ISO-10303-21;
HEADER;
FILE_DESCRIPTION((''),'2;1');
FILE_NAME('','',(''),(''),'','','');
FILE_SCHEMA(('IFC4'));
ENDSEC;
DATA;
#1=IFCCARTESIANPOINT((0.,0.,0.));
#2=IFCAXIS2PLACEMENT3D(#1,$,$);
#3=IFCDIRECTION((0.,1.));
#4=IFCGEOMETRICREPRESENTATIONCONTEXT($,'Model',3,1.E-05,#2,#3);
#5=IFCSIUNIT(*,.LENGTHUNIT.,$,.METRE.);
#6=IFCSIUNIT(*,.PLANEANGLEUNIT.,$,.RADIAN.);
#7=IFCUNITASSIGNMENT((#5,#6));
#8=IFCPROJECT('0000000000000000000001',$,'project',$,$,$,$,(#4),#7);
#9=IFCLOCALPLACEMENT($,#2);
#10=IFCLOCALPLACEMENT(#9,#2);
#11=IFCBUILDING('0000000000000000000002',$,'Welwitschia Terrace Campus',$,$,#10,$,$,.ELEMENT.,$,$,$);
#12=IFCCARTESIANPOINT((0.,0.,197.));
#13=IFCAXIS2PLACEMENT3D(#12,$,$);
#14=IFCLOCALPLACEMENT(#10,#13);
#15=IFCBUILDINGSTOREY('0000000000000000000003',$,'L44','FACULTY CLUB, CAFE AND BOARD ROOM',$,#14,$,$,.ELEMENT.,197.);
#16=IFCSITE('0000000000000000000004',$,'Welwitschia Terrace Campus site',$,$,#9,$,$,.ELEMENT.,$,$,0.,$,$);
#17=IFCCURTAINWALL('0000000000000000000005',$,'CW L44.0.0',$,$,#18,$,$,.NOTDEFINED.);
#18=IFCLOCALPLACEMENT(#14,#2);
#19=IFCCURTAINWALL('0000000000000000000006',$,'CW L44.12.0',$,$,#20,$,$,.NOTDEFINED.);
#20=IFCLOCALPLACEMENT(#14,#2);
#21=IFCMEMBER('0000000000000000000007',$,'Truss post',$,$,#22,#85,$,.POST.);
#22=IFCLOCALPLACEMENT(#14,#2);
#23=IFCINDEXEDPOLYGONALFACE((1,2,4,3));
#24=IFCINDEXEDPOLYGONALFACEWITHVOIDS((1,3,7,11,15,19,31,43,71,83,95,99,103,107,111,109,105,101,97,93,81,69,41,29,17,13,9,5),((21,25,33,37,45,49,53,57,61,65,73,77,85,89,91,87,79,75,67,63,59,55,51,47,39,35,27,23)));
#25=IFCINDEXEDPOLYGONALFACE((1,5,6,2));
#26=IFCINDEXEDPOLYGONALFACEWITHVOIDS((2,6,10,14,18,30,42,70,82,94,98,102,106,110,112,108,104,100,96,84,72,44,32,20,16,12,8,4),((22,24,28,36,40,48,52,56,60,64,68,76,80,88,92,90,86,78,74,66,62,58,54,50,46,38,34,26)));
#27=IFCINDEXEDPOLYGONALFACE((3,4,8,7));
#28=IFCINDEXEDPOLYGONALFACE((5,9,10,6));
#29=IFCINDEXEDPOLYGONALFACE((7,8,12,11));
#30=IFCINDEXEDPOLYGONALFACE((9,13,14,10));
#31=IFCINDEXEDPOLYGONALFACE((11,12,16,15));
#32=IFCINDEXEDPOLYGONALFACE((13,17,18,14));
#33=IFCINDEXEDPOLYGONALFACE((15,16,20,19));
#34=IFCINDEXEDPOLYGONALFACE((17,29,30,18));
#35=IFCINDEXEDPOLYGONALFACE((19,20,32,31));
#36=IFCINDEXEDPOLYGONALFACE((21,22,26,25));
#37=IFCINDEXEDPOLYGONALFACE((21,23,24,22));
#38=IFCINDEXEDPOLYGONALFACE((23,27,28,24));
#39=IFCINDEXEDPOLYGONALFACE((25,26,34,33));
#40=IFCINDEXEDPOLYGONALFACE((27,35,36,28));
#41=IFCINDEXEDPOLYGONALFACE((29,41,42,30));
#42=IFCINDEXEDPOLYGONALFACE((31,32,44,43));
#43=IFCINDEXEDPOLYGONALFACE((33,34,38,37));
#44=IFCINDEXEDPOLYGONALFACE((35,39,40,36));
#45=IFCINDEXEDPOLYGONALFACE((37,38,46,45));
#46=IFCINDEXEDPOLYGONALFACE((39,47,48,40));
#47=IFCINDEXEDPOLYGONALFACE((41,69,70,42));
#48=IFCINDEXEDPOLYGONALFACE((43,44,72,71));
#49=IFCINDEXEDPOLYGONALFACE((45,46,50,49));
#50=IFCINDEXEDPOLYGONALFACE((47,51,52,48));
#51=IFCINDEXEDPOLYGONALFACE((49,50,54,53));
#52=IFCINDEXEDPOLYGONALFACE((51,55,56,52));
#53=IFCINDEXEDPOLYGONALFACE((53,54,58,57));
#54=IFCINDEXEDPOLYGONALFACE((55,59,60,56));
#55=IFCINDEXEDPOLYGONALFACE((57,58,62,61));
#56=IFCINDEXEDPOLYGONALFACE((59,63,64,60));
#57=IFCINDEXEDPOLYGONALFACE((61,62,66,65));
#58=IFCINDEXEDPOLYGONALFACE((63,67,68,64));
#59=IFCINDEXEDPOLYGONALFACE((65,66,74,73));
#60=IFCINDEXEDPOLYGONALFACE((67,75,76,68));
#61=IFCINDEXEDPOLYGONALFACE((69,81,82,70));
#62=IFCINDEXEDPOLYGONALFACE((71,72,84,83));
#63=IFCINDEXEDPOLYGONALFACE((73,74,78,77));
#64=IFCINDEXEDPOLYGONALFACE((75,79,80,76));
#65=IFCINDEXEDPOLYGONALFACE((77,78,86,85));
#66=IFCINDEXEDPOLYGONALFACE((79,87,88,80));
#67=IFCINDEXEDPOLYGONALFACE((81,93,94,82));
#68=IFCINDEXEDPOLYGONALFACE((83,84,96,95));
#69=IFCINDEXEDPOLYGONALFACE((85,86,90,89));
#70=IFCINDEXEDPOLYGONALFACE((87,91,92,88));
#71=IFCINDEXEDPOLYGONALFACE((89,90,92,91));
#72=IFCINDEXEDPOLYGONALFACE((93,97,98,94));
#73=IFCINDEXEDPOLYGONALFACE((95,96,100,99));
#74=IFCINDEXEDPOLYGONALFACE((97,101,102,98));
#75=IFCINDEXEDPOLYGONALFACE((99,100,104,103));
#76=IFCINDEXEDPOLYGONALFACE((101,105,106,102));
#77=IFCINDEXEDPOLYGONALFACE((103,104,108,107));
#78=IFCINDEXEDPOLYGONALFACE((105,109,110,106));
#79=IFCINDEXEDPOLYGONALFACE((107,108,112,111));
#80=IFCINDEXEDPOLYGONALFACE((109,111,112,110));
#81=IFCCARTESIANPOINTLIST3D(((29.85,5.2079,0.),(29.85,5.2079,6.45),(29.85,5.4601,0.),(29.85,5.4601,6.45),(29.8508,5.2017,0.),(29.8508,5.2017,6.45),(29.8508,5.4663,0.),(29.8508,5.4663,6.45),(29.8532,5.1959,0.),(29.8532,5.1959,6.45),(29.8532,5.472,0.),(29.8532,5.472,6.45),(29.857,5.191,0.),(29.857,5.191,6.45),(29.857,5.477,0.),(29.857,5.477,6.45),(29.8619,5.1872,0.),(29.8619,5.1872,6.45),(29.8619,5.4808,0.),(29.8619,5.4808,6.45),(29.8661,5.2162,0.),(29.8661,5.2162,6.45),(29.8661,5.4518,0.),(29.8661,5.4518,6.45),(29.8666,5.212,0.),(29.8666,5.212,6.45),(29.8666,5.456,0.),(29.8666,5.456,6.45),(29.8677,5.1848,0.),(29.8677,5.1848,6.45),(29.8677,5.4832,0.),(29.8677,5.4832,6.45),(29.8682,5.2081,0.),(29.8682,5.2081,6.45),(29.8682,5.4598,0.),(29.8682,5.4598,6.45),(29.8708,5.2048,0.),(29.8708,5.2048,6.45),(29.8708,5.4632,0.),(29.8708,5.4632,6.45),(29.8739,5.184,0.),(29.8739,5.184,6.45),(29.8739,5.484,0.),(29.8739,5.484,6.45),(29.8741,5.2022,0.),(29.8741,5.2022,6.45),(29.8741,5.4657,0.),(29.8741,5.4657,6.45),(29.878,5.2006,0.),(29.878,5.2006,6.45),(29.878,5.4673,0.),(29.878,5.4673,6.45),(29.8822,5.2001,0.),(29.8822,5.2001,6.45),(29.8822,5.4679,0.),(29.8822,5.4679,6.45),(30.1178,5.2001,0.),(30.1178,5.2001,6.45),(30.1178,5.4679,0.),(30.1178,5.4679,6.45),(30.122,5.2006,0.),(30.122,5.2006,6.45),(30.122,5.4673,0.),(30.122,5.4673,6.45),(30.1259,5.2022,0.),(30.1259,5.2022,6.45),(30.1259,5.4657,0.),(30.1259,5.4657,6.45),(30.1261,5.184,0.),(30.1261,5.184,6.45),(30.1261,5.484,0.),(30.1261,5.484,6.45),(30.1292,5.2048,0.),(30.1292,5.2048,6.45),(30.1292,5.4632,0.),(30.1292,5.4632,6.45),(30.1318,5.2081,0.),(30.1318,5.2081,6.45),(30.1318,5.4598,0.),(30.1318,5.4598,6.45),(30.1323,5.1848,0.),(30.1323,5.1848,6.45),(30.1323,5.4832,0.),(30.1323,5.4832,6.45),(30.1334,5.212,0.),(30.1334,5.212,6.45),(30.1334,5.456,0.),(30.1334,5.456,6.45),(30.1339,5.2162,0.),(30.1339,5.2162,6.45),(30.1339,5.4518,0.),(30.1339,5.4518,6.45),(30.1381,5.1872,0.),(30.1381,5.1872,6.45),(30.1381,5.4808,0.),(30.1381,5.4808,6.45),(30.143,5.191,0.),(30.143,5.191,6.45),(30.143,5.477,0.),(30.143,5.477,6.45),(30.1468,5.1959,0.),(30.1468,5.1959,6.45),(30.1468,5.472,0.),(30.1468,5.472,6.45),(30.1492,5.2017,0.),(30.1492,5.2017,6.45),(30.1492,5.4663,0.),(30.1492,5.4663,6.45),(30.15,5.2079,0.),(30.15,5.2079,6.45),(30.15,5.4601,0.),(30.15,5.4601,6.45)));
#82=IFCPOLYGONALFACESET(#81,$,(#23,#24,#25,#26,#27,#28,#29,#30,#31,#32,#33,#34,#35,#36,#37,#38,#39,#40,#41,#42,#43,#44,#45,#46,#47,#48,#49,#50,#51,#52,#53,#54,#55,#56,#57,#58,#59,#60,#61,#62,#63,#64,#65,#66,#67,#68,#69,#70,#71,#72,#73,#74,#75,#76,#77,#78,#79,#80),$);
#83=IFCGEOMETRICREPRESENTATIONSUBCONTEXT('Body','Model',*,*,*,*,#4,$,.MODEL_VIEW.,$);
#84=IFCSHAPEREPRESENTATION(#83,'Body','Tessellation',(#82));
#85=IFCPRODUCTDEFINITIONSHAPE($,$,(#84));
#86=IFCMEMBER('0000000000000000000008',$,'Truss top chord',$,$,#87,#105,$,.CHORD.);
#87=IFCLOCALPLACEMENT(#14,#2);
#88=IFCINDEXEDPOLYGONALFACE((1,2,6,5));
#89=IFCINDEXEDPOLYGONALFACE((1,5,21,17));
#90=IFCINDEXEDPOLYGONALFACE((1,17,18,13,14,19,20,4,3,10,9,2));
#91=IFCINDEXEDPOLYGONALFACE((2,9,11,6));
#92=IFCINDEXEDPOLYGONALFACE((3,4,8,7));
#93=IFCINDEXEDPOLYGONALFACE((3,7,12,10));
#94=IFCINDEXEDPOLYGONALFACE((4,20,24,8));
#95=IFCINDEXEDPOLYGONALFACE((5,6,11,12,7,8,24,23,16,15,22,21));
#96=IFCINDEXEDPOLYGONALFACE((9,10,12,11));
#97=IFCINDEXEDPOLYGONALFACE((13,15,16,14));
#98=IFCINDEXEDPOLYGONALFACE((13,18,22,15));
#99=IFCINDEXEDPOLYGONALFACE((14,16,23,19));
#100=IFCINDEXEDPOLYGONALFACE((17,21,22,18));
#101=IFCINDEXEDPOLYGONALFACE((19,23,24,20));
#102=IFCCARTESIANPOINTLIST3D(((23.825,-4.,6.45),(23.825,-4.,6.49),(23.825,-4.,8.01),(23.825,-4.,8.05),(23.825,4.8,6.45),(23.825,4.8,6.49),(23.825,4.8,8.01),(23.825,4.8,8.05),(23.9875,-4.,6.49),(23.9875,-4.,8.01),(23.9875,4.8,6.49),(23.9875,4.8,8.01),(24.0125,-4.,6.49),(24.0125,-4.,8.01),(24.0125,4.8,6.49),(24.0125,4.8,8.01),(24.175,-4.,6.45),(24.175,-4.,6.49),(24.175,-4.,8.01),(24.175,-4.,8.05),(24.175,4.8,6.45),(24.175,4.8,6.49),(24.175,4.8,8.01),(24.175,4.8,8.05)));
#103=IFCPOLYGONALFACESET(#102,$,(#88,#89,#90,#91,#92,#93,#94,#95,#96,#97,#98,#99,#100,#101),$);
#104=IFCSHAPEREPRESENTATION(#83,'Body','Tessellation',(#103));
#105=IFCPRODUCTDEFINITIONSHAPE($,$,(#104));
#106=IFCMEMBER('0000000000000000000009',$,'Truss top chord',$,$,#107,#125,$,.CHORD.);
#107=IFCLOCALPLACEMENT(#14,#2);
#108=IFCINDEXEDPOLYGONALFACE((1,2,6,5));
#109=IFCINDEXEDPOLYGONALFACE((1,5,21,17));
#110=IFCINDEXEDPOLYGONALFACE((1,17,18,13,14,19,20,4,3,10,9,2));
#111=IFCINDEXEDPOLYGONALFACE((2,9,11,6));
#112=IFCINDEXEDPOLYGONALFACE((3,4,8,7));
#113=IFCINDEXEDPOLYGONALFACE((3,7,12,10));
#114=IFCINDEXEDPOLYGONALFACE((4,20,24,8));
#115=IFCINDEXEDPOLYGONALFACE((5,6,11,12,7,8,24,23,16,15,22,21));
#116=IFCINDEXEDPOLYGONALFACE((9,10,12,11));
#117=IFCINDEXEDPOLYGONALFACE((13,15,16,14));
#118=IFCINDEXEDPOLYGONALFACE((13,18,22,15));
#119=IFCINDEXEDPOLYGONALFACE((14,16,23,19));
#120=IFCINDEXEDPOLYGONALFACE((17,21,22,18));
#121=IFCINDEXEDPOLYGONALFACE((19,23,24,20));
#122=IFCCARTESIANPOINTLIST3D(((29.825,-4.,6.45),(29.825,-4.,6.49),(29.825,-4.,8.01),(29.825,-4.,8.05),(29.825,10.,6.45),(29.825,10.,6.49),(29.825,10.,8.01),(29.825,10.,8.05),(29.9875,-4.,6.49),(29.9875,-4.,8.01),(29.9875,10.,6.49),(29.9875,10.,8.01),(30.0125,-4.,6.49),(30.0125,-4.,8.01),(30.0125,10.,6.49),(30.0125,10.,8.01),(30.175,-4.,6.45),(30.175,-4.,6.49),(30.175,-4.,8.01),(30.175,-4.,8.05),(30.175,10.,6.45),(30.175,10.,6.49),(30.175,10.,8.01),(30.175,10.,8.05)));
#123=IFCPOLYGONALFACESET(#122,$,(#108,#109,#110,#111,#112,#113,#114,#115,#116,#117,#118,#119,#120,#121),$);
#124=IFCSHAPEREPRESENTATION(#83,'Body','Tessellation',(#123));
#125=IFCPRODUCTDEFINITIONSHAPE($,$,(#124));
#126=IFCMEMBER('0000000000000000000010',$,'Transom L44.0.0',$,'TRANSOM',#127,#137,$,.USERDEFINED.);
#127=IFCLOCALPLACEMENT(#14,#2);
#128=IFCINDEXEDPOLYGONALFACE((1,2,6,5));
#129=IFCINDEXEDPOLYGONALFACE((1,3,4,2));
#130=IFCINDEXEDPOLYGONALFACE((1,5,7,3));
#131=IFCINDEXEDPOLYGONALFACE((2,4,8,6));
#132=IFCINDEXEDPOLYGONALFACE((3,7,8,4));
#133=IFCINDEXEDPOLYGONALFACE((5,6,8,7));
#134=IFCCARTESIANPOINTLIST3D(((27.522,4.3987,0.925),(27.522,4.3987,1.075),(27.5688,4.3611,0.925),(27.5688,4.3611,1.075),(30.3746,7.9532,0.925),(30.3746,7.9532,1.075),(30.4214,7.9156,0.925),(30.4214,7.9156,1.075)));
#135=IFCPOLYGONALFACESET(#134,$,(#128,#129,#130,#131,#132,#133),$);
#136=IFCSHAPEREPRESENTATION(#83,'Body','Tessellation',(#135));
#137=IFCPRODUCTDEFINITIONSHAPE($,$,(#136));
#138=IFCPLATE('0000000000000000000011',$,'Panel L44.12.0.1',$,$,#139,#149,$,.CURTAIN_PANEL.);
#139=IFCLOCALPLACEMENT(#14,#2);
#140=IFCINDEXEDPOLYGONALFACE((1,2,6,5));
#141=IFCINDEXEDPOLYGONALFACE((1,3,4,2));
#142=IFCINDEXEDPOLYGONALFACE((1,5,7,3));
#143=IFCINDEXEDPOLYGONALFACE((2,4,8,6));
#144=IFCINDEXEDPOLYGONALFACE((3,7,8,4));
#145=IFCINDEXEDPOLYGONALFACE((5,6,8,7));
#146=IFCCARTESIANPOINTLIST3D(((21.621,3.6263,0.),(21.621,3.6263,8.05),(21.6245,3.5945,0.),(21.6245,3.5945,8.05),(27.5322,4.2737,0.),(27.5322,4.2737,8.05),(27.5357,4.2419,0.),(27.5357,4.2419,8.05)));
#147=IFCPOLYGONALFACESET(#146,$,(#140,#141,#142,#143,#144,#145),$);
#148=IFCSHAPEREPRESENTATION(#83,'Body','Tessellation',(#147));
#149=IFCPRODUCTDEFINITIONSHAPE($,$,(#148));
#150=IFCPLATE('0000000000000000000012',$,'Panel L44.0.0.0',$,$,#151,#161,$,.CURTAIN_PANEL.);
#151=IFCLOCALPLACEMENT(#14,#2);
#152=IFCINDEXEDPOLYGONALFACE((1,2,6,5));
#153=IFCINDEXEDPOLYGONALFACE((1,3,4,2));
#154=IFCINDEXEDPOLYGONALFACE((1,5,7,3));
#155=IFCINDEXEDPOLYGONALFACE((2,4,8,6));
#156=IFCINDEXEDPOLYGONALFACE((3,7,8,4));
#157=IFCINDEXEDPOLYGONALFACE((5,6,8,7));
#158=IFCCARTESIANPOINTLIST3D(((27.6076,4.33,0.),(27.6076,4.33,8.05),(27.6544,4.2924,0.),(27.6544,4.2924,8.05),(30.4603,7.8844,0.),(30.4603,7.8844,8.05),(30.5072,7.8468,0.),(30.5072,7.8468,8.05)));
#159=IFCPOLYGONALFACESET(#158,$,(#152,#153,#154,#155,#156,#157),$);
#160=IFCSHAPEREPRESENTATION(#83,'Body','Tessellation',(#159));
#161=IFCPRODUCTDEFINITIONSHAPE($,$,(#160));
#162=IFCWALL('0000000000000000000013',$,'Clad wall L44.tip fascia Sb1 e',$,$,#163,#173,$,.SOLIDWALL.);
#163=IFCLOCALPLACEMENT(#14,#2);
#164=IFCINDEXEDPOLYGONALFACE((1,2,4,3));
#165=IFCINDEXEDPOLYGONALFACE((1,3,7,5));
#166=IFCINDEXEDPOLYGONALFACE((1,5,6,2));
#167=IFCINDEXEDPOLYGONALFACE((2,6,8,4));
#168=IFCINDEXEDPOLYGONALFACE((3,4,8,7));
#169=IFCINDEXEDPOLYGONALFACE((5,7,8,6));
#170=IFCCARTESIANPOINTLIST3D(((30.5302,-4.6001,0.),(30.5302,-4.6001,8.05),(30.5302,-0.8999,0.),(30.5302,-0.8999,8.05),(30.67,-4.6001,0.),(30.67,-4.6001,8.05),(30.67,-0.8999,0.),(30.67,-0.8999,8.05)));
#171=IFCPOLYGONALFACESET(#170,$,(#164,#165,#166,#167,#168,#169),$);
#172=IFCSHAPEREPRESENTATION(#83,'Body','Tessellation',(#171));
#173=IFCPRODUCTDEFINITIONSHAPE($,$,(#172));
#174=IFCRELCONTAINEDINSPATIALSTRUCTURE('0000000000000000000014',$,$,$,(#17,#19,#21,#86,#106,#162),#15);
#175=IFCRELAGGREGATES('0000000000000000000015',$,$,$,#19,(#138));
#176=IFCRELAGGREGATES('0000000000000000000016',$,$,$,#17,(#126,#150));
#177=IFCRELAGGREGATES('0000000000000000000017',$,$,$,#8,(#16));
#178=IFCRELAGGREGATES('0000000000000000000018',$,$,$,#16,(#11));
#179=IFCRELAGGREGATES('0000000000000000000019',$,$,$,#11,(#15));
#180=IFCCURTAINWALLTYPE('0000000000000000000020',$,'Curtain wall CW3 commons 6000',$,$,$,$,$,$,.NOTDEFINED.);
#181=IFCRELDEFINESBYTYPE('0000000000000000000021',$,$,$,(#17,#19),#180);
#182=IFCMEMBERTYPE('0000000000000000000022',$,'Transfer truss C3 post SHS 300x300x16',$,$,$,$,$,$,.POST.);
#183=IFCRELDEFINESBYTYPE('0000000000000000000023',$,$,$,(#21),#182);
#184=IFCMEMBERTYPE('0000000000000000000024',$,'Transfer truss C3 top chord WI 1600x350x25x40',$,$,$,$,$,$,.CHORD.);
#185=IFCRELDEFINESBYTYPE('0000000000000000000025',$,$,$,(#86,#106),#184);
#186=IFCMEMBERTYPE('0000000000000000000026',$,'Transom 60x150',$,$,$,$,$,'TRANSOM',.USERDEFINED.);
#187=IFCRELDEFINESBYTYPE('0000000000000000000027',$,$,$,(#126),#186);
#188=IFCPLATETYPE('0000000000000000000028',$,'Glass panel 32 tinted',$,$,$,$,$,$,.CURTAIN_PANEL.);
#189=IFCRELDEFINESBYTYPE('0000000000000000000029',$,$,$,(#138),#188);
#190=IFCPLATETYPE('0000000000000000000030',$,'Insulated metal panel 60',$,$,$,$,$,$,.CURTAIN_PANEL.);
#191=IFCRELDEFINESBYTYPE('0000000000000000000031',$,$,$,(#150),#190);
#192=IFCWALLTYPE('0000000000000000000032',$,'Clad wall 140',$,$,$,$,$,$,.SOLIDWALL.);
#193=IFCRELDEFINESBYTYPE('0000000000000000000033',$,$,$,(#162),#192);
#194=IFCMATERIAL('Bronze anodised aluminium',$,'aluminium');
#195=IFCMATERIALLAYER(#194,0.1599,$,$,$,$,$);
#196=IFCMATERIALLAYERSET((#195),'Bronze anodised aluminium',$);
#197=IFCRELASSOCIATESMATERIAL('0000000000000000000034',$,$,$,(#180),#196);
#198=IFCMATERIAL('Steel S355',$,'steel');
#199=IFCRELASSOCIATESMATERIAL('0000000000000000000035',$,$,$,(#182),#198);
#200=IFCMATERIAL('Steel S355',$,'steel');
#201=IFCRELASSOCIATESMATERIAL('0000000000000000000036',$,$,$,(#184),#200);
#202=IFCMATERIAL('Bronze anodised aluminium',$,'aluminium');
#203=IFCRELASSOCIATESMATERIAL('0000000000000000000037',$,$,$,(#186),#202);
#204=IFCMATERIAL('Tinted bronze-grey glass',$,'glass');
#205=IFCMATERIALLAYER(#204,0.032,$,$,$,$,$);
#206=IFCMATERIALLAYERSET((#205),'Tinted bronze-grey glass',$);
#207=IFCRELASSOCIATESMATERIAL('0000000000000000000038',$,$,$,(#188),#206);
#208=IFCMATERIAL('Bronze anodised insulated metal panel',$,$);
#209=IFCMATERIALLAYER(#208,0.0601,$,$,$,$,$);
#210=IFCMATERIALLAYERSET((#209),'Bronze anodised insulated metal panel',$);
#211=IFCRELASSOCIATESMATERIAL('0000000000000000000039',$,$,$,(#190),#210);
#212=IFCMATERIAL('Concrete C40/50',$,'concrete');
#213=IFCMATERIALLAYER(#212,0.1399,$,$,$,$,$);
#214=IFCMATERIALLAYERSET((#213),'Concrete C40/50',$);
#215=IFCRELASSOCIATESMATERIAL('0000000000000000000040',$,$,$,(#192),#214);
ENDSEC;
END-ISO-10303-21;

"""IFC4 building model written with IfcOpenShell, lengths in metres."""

from ifc_helpers import new_model, si_unit, direction, frame, frame_2d, origin, origin_2d, place, context, subcontext, project, spatial, rectangle, hollow_rectangle, i_section, extrude, material, layer, layer_set, material_profile, profile_set, type_object, element, aggregate, save


model = new_model("IFC4")

# Units and contexts
model_context = context("Model", 3, precision=1e-05, world=origin(), true_north=direction((0.0, 1.0)))
body_context = subcontext(model_context, "Body", "Model", "MODEL_VIEW")
ifc_project = project(units=[si_unit("LENGTHUNIT", "METRE"), si_unit("PLANEANGLEUNIT", "RADIAN")], contexts=[model_context])

# Site, building, storey
site_placement = place(None, origin())
site = spatial("IfcSite", under=ifc_project, at=site_placement, Name="Welwitschia Terrace Campus site", CompositionType="ELEMENT", RefElevation=0.0)
building_placement = place(site_placement, origin())
building = spatial("IfcBuilding", under=site, at=building_placement, Name="Welwitschia Terrace Campus", CompositionType="ELEMENT")
storey_placement = place(building_placement, frame((0.0, 0.0, 197.0)))
storey = spatial("IfcBuildingStorey", under=building, at=storey_placement, Name="L44", Description="FACULTY CLUB, CAFE AND BOARD ROOM", CompositionType="ELEMENT", Elevation=197.0)

# Curtain wall
ifc_material_1 = material(Name="Bronze anodised aluminium", Category="aluminium")
ifc_layer_1 = layer(ifc_material_1, 0.1599)
ifc_layer_set_1 = layer_set([ifc_layer_1], Name="Bronze anodised aluminium")
curtain_wall_type = type_object("IfcCurtainWallType", Name="Curtain wall CW3 commons 6000", PredefinedType="NOTDEFINED", material=ifc_layer_set_1)
curtain_wall_1_placement = place(storey_placement, origin())
curtain_wall_1 = element("IfcCurtainWall", 1, at=curtain_wall_1_placement, inside=storey, type_object=curtain_wall_type, Name="CW L44.0.0", PredefinedType="NOTDEFINED")

# Curtain wall
curtain_wall_2_placement = place(storey_placement, origin())
curtain_wall_2 = element("IfcCurtainWall", 2, at=curtain_wall_2_placement, inside=storey, type_object=curtain_wall_type, Name="CW L44.12.0", PredefinedType="NOTDEFINED")

# Members
ifc_material_2 = material(Name="Steel S355", Category="steel")
ifc_material_profile_1 = material_profile(ifc_material_2, hollow_rectangle(XDim=0.3, YDim=0.3, WallThickness=0.0161, InnerFilletRadius=0.0161, OuterFilletRadius=0.0239, at=origin_2d()))
ifc_profile_set_1 = profile_set([ifc_material_profile_1], Name="Steel S355")
member_type_1 = type_object("IfcMemberType", Name="Transfer truss C3 post SHS 300x300x16", PredefinedType="POST", material=ifc_profile_set_1)
for number, where, z_axis, x_axis, name in (
    (3, (30.0, 5.334, 0.0), (0.0, 0.0, 1.0), (1.0, 0.0, 0.0), "Truss post"),
):
    element("IfcMember", number, at=place(storey_placement, frame(where, z_axis=z_axis, x_axis=x_axis)), inside=storey, type_object=member_type_1, Name=name, PredefinedType="POST", context=body_context, shape_type="SweptSolid", body=[
        extrude(hollow_rectangle(XDim=0.3, YDim=0.3, WallThickness=0.0161, InnerFilletRadius=0.0161, OuterFilletRadius=0.0239, at=origin_2d()), origin(), (0.0, 0.0, 1.0), 6.45),
    ])
ifc_material_3 = material(Name="Steel S355", Category="steel")
ifc_material_profile_2 = material_profile(ifc_material_3, i_section(OverallWidth=0.3501, OverallDepth=1.6001, WebThickness=0.0249, FlangeThickness=0.04, at=origin_2d()))
ifc_profile_set_2 = profile_set([ifc_material_profile_2], Name="Steel S355")
member_type_2 = type_object("IfcMemberType", Name="Transfer truss C3 top chord WI 1600x350x25x40", PredefinedType="CHORD", material=ifc_profile_set_2)
member_1_placement = place(storey_placement, frame((24.0, -4.0, 7.25), z_axis=(0.0, 1.0, 0.0), x_axis=(-1.0, 0.0, 0.0)))
element("IfcMember", 4, at=member_1_placement, inside=storey, type_object=member_type_2, Name="Truss top chord", PredefinedType="CHORD", context=body_context, shape_type="SweptSolid", body=[
    extrude(i_section(OverallWidth=0.3501, OverallDepth=1.6001, WebThickness=0.0249, FlangeThickness=0.04, at=origin_2d()), origin(), (0.0, 0.0, 1.0), 8.8),
])
member_2_placement = place(storey_placement, frame((30.0, -4.0, 7.25), z_axis=(0.0, 1.0, 0.0), x_axis=(-1.0, 0.0, 0.0)))
element("IfcMember", 5, at=member_2_placement, inside=storey, type_object=member_type_2, Name="Truss top chord", PredefinedType="CHORD", context=body_context, shape_type="SweptSolid", body=[
    extrude(i_section(OverallWidth=0.3501, OverallDepth=1.6001, WebThickness=0.0249, FlangeThickness=0.04, at=origin_2d()), origin(), (0.0, 0.0, 1.0), 14.0),
])

# Member
ifc_material_4 = material(Name="Bronze anodised aluminium", Category="aluminium")
ifc_material_profile_3 = material_profile(ifc_material_4, rectangle(XDim=0.0601, YDim=0.1499, at=origin_2d()))
ifc_profile_set_3 = profile_set([ifc_material_profile_3], Name="Bronze anodised aluminium")
member_type_3 = type_object("IfcMemberType", Name="Transom 60x150", ElementType="TRANSOM", PredefinedType="USERDEFINED", material=ifc_profile_set_3)
member_3_placement = place(storey_placement, frame((27.5454, 4.3799, 1.0), z_axis=(0.625896, 0.779906, 0.0), x_axis=(-0.779906, 0.625896, 0.0)))
member_3 = element("IfcMember", 6, at=member_3_placement, type_object=member_type_3, Name="Transom L44.0.0", ObjectType="TRANSOM", PredefinedType="USERDEFINED", context=body_context, shape_type="SweptSolid", body=[
    extrude(rectangle(XDim=0.0601, YDim=0.1499, at=origin_2d()), origin(), (0.0, 0.0, 1.0), 4.5576),
])

# Plates
ifc_material_5 = material(Name="Tinted bronze-grey glass", Category="glass")
ifc_layer_2 = layer(ifc_material_5, 0.032)
ifc_layer_set_2 = layer_set([ifc_layer_2], Name="Tinted bronze-grey glass")
plate_type_1 = type_object("IfcPlateType", Name="Glass panel 32 tinted", PredefinedType="CURTAIN_PANEL", material=ifc_layer_set_2)
plate_1_placement = place(storey_placement, frame((24.5784, 3.9341, 0.0), z_axis=(0.0, 0.0, 1.0), x_axis=(0.994056, 0.108867, 0.0)))
plate_1 = element("IfcPlate", 7, at=plate_1_placement, type_object=plate_type_1, Name="Panel L44.12.0.1", PredefinedType="CURTAIN_PANEL", context=body_context, shape_type="SweptSolid", body=[
    extrude(rectangle(XDim=5.9465, YDim=0.032, at=origin_2d()), origin(), (0.0, 0.0, 1.0), 8.05),
])
aggregate(curtain_wall_2, [plate_1])
ifc_material_6 = material(Name="Bronze anodised insulated metal panel")
ifc_layer_3 = layer(ifc_material_6, 0.0601)
ifc_layer_set_3 = layer_set([ifc_layer_3], Name="Bronze anodised insulated metal panel")
plate_type_2 = type_object("IfcPlateType", Name="Insulated metal panel 60", PredefinedType="CURTAIN_PANEL", material=ifc_layer_set_3)
plate_2_placement = place(storey_placement, frame((29.0574, 6.0884, 0.0), z_axis=(0.0, 0.0, 1.0), x_axis=(0.625923, 0.779884, 0.0)))
plate_2 = element("IfcPlate", 8, at=plate_2_placement, type_object=plate_type_2, Name="Panel L44.0.0.0", PredefinedType="CURTAIN_PANEL", context=body_context, shape_type="SweptSolid", body=[
    extrude(rectangle(XDim=4.5576, YDim=0.0601, at=origin_2d()), origin(), (0.0, 0.0, 1.0), 8.05),
])
aggregate(curtain_wall_1, [member_3, plate_2])

# Wall
ifc_material_7 = material(Name="Concrete C40/50", Category="concrete")
ifc_layer_4 = layer(ifc_material_7, 0.1399)
ifc_layer_set_4 = layer_set([ifc_layer_4], Name="Concrete C40/50")
wall_type_1 = type_object("IfcWallType", Name="Clad wall 140", PredefinedType="SOLIDWALL", material=ifc_layer_set_4)
wall_1_placement = place(storey_placement, frame((30.6001, -0.8999, 0.0), z_axis=(0.0, 0.0, 1.0), x_axis=(0.0, -1.0, 0.0)))
element("IfcWall", 9, at=wall_1_placement, inside=storey, type_object=wall_type_1, Name="Clad wall L44.tip fascia Sb1 e", PredefinedType="SOLIDWALL", context=body_context, shape_type="SweptSolid", body=[
    extrude(rectangle(XDim=3.7002, YDim=0.1399, at=frame_2d((1.8501, 0.0))), origin(), (0.0, 0.0, 1.0), 8.05),
])

save(model, "model.ifc")
